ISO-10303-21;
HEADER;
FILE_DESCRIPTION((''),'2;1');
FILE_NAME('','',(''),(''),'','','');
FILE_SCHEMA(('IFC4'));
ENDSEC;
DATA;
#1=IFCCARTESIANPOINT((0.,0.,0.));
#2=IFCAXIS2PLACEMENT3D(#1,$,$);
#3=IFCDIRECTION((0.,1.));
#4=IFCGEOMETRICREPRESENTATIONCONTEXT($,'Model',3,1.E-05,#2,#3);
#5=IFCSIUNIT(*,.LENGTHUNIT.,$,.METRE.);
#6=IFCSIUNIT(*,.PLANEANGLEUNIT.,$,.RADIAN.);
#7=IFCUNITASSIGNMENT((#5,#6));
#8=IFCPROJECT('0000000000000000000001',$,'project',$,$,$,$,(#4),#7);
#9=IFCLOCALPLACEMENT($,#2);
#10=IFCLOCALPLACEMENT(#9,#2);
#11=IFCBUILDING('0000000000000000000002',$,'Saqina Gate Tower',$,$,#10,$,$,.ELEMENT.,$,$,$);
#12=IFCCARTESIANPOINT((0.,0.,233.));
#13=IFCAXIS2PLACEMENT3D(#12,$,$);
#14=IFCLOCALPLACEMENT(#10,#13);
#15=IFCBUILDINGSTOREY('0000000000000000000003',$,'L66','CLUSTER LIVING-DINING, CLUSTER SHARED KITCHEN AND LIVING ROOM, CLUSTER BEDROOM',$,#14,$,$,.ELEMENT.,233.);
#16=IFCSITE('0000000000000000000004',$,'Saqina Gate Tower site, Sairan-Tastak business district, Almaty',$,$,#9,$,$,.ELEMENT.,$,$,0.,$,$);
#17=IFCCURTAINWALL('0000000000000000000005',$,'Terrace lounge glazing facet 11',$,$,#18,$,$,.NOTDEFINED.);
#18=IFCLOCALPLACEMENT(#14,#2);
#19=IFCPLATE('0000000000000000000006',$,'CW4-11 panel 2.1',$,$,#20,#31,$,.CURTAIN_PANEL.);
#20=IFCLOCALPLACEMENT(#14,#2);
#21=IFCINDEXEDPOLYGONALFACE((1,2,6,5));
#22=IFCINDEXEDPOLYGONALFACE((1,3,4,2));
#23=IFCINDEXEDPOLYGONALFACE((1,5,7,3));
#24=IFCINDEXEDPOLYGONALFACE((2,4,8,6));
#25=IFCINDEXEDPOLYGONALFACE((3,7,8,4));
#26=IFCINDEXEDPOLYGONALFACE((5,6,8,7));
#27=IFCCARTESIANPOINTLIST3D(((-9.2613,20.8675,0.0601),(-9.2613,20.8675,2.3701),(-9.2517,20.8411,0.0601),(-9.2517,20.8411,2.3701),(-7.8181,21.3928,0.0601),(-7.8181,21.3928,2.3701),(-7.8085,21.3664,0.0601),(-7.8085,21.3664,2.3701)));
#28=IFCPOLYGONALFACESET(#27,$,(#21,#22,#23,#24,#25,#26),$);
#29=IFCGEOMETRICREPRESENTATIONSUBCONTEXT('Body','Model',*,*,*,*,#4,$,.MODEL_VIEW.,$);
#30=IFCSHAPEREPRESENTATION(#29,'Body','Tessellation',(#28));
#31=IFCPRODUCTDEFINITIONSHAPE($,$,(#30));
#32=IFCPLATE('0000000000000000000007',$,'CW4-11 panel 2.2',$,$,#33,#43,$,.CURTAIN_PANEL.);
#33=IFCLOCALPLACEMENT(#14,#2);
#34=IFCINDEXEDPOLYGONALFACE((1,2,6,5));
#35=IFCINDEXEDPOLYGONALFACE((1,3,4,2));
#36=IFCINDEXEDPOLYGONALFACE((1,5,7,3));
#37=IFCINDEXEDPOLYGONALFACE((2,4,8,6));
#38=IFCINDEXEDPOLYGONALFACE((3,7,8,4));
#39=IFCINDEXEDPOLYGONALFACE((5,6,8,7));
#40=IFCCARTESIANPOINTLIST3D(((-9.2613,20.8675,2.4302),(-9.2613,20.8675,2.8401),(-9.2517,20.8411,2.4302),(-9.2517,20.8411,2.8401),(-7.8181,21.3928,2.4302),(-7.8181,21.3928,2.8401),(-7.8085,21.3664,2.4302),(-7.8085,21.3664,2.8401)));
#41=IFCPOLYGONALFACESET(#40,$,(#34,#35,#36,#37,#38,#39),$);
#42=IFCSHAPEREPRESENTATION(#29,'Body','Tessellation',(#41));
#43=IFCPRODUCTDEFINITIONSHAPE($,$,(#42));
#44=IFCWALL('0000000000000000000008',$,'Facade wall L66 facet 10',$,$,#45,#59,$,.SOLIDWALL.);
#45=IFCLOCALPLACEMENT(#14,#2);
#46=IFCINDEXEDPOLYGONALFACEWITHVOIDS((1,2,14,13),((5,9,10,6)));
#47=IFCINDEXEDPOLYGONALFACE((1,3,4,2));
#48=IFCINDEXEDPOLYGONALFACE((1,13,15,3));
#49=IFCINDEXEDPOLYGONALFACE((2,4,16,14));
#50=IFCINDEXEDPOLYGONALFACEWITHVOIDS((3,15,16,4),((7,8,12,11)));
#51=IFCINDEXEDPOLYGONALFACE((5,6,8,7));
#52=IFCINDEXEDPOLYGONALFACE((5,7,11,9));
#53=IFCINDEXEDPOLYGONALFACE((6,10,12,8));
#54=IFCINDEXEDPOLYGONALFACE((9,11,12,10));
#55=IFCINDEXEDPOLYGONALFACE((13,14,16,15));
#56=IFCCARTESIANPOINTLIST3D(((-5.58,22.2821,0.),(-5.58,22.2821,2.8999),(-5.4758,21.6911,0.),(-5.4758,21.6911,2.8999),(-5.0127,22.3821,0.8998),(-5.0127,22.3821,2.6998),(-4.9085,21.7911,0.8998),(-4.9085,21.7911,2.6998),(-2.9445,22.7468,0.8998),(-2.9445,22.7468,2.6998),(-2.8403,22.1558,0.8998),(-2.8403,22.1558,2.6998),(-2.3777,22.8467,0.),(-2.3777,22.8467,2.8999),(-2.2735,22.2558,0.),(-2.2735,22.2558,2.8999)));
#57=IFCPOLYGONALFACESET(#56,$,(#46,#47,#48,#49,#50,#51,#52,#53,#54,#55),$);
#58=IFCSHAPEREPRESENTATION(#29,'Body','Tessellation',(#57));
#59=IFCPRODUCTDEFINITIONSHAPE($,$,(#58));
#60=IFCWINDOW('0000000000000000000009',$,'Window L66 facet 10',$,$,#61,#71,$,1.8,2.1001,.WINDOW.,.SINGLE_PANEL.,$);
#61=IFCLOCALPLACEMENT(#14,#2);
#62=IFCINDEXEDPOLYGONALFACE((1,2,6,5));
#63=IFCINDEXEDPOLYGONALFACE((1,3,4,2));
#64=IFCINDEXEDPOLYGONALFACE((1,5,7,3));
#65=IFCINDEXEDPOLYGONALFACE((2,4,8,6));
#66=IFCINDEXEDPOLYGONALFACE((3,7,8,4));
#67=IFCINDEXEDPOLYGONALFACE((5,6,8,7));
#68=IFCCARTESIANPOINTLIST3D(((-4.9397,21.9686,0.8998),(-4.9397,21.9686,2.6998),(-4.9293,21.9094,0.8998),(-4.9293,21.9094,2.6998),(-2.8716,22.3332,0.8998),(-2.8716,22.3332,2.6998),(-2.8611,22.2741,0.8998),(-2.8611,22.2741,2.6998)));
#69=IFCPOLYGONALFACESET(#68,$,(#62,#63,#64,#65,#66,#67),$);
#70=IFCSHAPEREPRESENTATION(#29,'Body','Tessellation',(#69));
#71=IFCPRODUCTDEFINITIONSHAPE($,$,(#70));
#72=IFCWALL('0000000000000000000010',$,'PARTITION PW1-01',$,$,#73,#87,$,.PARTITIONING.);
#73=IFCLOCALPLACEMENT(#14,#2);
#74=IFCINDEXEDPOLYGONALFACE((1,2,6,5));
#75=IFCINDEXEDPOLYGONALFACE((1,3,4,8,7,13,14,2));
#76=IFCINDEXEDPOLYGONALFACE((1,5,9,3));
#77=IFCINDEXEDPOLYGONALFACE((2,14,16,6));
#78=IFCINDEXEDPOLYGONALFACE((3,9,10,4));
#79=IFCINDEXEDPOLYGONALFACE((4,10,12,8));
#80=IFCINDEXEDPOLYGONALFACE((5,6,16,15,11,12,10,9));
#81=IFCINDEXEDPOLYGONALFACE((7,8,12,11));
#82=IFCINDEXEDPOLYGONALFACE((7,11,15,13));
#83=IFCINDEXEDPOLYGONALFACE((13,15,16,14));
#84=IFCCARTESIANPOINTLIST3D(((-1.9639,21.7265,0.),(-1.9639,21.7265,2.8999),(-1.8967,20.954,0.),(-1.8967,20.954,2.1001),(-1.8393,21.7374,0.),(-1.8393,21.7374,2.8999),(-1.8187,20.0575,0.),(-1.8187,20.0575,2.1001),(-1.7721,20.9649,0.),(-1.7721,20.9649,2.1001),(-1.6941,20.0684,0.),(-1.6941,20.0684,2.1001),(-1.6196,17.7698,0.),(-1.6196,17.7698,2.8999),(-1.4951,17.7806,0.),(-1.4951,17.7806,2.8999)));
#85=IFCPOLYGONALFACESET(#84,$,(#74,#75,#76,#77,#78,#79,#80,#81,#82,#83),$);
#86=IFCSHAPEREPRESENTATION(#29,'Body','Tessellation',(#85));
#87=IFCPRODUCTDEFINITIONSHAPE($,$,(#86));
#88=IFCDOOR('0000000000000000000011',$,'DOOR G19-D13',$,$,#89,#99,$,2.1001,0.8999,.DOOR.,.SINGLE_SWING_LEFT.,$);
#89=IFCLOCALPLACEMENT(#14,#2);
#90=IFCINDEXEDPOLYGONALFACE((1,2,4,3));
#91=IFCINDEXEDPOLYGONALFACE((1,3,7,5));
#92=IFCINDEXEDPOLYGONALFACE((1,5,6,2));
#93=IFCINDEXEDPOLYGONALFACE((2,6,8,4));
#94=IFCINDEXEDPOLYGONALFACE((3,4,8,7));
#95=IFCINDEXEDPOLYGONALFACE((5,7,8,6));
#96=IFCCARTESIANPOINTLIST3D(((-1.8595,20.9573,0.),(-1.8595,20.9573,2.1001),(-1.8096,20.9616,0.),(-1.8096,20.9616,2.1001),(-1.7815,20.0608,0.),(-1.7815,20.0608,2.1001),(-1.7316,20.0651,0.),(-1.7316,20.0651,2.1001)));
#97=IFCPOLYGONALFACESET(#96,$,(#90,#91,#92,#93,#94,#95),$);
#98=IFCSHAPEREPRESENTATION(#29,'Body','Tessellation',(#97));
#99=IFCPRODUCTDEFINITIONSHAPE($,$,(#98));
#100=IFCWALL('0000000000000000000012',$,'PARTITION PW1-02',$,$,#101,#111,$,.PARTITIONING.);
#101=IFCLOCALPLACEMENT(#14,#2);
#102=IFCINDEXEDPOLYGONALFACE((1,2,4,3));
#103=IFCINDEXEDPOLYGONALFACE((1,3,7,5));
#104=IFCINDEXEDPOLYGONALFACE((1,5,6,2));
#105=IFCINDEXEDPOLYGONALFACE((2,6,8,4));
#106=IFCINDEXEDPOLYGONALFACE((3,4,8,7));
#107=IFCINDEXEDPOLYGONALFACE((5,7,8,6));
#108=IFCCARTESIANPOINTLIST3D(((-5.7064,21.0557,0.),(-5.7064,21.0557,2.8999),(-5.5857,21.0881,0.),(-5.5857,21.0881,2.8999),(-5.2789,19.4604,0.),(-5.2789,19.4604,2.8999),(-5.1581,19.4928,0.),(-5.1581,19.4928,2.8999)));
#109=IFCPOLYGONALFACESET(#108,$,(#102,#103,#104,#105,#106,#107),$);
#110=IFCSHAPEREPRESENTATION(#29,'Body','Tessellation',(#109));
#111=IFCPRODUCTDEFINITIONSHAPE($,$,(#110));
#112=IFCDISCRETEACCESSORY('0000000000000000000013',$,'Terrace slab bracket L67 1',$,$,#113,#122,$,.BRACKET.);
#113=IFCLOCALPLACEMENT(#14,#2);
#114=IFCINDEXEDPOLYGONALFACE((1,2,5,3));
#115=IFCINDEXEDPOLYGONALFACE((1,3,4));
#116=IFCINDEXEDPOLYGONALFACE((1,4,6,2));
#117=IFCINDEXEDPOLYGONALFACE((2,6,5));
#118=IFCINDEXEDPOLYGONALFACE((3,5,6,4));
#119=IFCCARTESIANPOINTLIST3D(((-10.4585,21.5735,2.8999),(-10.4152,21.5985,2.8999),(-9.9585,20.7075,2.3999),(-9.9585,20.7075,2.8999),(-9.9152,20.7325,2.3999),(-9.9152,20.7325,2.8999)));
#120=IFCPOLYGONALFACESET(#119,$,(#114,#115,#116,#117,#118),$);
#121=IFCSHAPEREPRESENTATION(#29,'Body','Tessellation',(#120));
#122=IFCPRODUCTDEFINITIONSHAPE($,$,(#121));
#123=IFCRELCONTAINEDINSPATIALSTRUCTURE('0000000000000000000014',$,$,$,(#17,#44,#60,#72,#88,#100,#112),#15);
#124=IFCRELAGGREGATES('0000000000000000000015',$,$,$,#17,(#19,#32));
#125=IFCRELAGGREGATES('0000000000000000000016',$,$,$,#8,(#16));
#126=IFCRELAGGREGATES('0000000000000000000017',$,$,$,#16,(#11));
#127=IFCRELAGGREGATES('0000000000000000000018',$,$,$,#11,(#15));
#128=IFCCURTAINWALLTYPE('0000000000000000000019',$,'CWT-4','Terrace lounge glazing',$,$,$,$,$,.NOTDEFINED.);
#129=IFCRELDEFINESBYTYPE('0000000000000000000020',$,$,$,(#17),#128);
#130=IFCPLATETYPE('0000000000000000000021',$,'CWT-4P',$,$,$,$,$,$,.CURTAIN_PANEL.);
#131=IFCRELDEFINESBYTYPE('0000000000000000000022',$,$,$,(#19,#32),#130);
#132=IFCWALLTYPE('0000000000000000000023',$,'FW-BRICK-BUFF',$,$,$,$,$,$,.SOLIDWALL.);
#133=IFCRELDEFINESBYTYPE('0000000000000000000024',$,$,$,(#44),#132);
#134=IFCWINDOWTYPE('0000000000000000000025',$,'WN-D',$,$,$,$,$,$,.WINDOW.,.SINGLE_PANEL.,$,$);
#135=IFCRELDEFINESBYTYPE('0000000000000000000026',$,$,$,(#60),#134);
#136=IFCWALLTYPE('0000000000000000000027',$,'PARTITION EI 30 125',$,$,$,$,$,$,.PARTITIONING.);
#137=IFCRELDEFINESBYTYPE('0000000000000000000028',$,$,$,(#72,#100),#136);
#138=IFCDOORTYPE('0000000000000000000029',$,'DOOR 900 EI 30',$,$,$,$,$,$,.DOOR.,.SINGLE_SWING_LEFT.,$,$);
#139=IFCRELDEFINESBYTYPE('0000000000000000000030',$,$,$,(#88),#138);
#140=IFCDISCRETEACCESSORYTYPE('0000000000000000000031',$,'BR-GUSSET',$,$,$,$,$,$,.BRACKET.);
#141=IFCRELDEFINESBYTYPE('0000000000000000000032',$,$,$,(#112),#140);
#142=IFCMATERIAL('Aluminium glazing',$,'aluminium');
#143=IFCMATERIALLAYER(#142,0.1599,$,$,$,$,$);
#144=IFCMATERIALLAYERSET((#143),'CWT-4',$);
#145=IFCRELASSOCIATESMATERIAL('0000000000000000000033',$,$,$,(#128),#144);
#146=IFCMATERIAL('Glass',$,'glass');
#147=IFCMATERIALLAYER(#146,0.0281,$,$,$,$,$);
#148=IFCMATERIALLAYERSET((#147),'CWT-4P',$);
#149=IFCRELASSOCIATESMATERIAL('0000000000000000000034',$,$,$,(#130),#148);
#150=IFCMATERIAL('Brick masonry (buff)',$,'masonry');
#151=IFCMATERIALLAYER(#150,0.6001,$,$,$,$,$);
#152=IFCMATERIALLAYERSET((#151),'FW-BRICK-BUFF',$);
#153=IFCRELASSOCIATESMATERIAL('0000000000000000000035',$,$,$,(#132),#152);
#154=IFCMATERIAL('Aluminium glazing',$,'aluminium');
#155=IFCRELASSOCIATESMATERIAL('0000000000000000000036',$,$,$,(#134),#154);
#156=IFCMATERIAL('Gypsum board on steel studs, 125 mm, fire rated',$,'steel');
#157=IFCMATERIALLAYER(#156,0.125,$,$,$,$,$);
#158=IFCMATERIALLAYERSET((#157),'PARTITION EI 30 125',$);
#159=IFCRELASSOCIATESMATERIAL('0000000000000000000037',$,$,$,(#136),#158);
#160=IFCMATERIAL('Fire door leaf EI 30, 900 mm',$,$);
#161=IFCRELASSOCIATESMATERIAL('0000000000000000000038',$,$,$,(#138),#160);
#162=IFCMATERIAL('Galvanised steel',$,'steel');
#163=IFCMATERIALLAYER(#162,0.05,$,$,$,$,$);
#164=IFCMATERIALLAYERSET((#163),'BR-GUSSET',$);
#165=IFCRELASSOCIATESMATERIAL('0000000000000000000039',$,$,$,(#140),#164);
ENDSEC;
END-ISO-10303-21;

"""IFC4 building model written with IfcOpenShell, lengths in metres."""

from ifc_helpers import new_model, si_unit, direction, frame, frame_2d, origin, origin_2d, place, context, subcontext, project, spatial, polyline, rectangle, outline, extrude, material, layer, layer_set, type_object, element, fill, aggregate, save


model = new_model("IFC4")

# Units and contexts
model_context = context("Model", 3, precision=1e-05, world=origin(), true_north=direction((0.0, 1.0)))
body_context = subcontext(model_context, "Body", "Model", "MODEL_VIEW")
ifc_project = project(units=[si_unit("LENGTHUNIT", "METRE"), si_unit("PLANEANGLEUNIT", "RADIAN")], contexts=[model_context])

# Site, building, storey
site_placement = place(None, origin())
site = spatial("IfcSite", under=ifc_project, at=site_placement, Name="Saqina Gate Tower site, Sairan-Tastak business district, Almaty", CompositionType="ELEMENT", RefElevation=0.0)
building_placement = place(site_placement, origin())
building = spatial("IfcBuilding", under=site, at=building_placement, Name="Saqina Gate Tower", CompositionType="ELEMENT")
storey_placement = place(building_placement, frame((0.0, 0.0, 233.0)))
storey = spatial("IfcBuildingStorey", under=building, at=storey_placement, Name="L66", Description="CLUSTER LIVING-DINING, CLUSTER SHARED KITCHEN AND LIVING ROOM, CLUSTER BEDROOM", CompositionType="ELEMENT", Elevation=233.0)

# Curtain wall, plates
ifc_material_1 = material(Name="Aluminium glazing", Category="aluminium")
ifc_layer_1 = layer(ifc_material_1, 0.1599)
ifc_layer_set_1 = layer_set([ifc_layer_1], Name="CWT-4")
curtain_wall_type = type_object("IfcCurtainWallType", Name="CWT-4", Description="Terrace lounge glazing", PredefinedType="NOTDEFINED", material=ifc_layer_set_1)
curtain_wall_placement = place(storey_placement, origin())
curtain_wall = element("IfcCurtainWall", 1, at=curtain_wall_placement, inside=storey, type_object=curtain_wall_type, Name="Terrace lounge glazing facet 11", PredefinedType="NOTDEFINED")
ifc_material_2 = material(Name="Glass", Category="glass")
ifc_layer_2 = layer(ifc_material_2, 0.0281)
ifc_layer_set_2 = layer_set([ifc_layer_2], Name="CWT-4P")
plate_type = type_object("IfcPlateType", Name="CWT-4P", PredefinedType="CURTAIN_PANEL", material=ifc_layer_set_2)
plate_1_placement = place(storey_placement, frame((-8.5349, 21.1169, 0.0601), z_axis=(0.0, 0.0, 1.0), x_axis=(-0.939697, -0.342007, 0.0)))
plate_1 = element("IfcPlate", 2, at=plate_1_placement, type_object=plate_type, Name="CW4-11 panel 2.1", PredefinedType="CURTAIN_PANEL", context=body_context, shape_type="SweptSolid", body=[
    extrude(rectangle(XDim=1.5359, YDim=0.0281, at=origin_2d()), origin(), (0.0, 0.0, 1.0), 2.3101),
])
plate_2_placement = place(storey_placement, frame((-8.5349, 21.1169, 2.4302), z_axis=(0.0, 0.0, 1.0), x_axis=(-0.939697, -0.342007, 0.0)))
plate_2 = element("IfcPlate", 3, at=plate_2_placement, type_object=plate_type, Name="CW4-11 panel 2.2", PredefinedType="CURTAIN_PANEL", context=body_context, shape_type="SweptSolid", body=[
    extrude(rectangle(XDim=1.5359, YDim=0.0281, at=origin_2d()), origin(), (0.0, 0.0, 1.0), 0.4099),
])
aggregate(curtain_wall, [plate_1, plate_2])

# Wall, opening, window
ifc_material_3 = material(Name="Brick masonry (buff)", Category="masonry")
ifc_layer_3 = layer(ifc_material_3, 0.6001)
ifc_layer_set_3 = layer_set([ifc_layer_3], Name="FW-BRICK-BUFF")
wall_type_1 = type_object("IfcWallType", Name="FW-BRICK-BUFF", PredefinedType="SOLIDWALL", material=ifc_layer_set_3)
wall_1_placement = place(storey_placement, frame((-2.3254, 22.5513, 0.0), z_axis=(0.0, 0.0, 1.0), x_axis=(-0.984806, -0.173657, 0.0)))
wall_1 = element("IfcWall", 4, at=wall_1_placement, inside=storey, type_object=wall_type_1, Name="Facade wall L66 facet 10", PredefinedType="SOLIDWALL", context=body_context, shape_type="SweptSolid", body=[
    extrude(rectangle(XDim=3.2517, YDim=0.6001, at=frame_2d((1.626, 0.0))), origin(), (0.0, 0.0, 1.0), 2.8999),
])
opening_1_placement = place(wall_1_placement, frame((0.5757, 0.0, 0.8999)))
opening_1 = element("IfcOpeningElement", 5, at=opening_1_placement, cuts=wall_1, PredefinedType="OPENING", context=body_context, shape_type="SweptSolid", body=[
    extrude(rectangle(XDim=2.1001, YDim=1.8, at=frame_2d((1.05, 0.8999))), frame((0.0, 0.312, 0.0), z_axis=(0.0, -1.0, 0.0), x_axis=(1.0, 0.0, 0.0)), (0.0, 0.0, 1.0), 0.624),
])
ifc_material_4 = material(Name="Aluminium glazing", Category="aluminium")
window_type = type_object("IfcWindowType", Name="WN-D", PartitioningType="SINGLE_PANEL", PredefinedType="WINDOW", material=ifc_material_4)
window_placement = place(opening_1_placement, origin())
window = element("IfcWindow", 6, at=window_placement, inside=storey, type_object=window_type, Name="Window L66 facet 10", OverallHeight=1.8, OverallWidth=2.1001, PartitioningType="SINGLE_PANEL", PredefinedType="WINDOW", context=body_context, shape_type="SweptSolid", body=[
    extrude(rectangle(XDim=2.1001, YDim=1.8, at=frame_2d((1.05, 0.8999))), frame((0.0, 0.1799, 0.0), z_axis=(0.0, -1.0, 0.0), x_axis=(1.0, 0.0, 0.0)), (0.0, 0.0, 1.0), 0.0601),
])
fill(opening_1, window)

# Wall, opening, door
ifc_material_5 = material(Name="Gypsum board on steel studs, 125 mm, fire rated", Category="steel")
ifc_layer_4 = layer(ifc_material_5, 0.125)
ifc_layer_set_4 = layer_set([ifc_layer_4], Name="PARTITION EI 30 125")
wall_type_2 = type_object("IfcWallType", Name="PARTITION EI 30 125", PredefinedType="PARTITIONING", material=ifc_layer_set_4)
wall_2_placement = place(storey_placement, frame((-1.9016, 21.7319, 0.0), z_axis=(0.0, 0.0, 1.0), x_axis=(0.086672, -0.996237, 0.0)))
wall_2 = element("IfcWall", 7, at=wall_2_placement, inside=storey, type_object=wall_type_2, Name="PARTITION PW1-01", PredefinedType="PARTITIONING", context=body_context, shape_type="SweptSolid", body=[
    extrude(rectangle(XDim=3.9717, YDim=0.125, at=frame_2d((1.9858, 0.0))), origin(), (0.0, 0.0, 1.0), 2.8999),
])
opening_2_placement = place(wall_2_placement, frame((0.7754, 0.0, 0.0)))
opening_2 = element("IfcOpeningElement", 8, at=opening_2_placement, cuts=wall_2, PredefinedType="OPENING", context=body_context, shape_type="SweptSolid", body=[
    extrude(rectangle(XDim=0.8999, YDim=2.1001, at=frame_2d((0.45, 1.05))), frame((0.0, 0.0745, 0.0), z_axis=(0.0, -1.0, 0.0), x_axis=(1.0, 0.0, 0.0)), (0.0, 0.0, 1.0), 0.1489),
])
ifc_material_6 = material(Name="Fire door leaf EI 30, 900 mm")
door_type_1 = type_object("IfcDoorType", Name="DOOR 900 EI 30", OperationType="SINGLE_SWING_LEFT", PredefinedType="DOOR", material=ifc_material_6)
door_1_placement = place(opening_2_placement, origin())
door_1 = element("IfcDoor", 9, at=door_1_placement, inside=storey, type_object=door_type_1, Name="DOOR G19-D13", OperationType="SINGLE_SWING_LEFT", OverallHeight=2.1001, OverallWidth=0.8999, PredefinedType="DOOR", context=body_context, shape_type="SweptSolid", body=[
    extrude(rectangle(XDim=0.8999, YDim=2.1001, at=frame_2d((0.45, 1.05))), frame((0.0, 0.0249, 0.0), z_axis=(0.0, -1.0, 0.0), x_axis=(1.0, 0.0, 0.0)), (0.0, 0.0, 1.0), 0.05),
])
fill(opening_2, door_1)

# Wall
wall_3_placement = place(storey_placement, frame((-5.646, 21.0718, 0.0), z_axis=(0.0, 0.0, 1.0), x_axis=(0.258849, -0.965918, 0.0)))
element("IfcWall", 10, at=wall_3_placement, inside=storey, type_object=wall_type_2, Name="PARTITION PW1-02", PredefinedType="PARTITIONING", context=body_context, shape_type="SweptSolid", body=[
    extrude(rectangle(XDim=1.6516, YDim=0.125, at=frame_2d((0.8257, 0.0))), origin(), (0.0, 0.0, 1.0), 2.8999),
])

# Discrete accessory
ifc_material_7 = material(Name="Galvanised steel", Category="steel")
ifc_layer_5 = layer(ifc_material_7, 0.05)
ifc_layer_set_5 = layer_set([ifc_layer_5], Name="BR-GUSSET")
discrete_accessory_type = type_object("IfcDiscreteAccessoryType", Name="BR-GUSSET", PredefinedType="BRACKET", material=ifc_layer_set_5)
discrete_accessory_placement = place(storey_placement, frame((-9.9585, 20.7075, 2.3999), z_axis=(-0.866011, -0.500025, 0.0), x_axis=(0.0, 0.0, 1.0)))
element("IfcDiscreteAccessory", 11, at=discrete_accessory_placement, inside=storey, type_object=discrete_accessory_type, Name="Terrace slab bracket L67 1", PredefinedType="BRACKET", context=body_context, shape_type="SweptSolid", body=[
    extrude(outline(polyline([(0.0, 0.0), (0.5, 0.0), (0.5, 0.9999), (0.0, 0.0)])), origin(), (0.0, 0.0, -1.0), 0.05),
])

save(model, "model.ifc")
